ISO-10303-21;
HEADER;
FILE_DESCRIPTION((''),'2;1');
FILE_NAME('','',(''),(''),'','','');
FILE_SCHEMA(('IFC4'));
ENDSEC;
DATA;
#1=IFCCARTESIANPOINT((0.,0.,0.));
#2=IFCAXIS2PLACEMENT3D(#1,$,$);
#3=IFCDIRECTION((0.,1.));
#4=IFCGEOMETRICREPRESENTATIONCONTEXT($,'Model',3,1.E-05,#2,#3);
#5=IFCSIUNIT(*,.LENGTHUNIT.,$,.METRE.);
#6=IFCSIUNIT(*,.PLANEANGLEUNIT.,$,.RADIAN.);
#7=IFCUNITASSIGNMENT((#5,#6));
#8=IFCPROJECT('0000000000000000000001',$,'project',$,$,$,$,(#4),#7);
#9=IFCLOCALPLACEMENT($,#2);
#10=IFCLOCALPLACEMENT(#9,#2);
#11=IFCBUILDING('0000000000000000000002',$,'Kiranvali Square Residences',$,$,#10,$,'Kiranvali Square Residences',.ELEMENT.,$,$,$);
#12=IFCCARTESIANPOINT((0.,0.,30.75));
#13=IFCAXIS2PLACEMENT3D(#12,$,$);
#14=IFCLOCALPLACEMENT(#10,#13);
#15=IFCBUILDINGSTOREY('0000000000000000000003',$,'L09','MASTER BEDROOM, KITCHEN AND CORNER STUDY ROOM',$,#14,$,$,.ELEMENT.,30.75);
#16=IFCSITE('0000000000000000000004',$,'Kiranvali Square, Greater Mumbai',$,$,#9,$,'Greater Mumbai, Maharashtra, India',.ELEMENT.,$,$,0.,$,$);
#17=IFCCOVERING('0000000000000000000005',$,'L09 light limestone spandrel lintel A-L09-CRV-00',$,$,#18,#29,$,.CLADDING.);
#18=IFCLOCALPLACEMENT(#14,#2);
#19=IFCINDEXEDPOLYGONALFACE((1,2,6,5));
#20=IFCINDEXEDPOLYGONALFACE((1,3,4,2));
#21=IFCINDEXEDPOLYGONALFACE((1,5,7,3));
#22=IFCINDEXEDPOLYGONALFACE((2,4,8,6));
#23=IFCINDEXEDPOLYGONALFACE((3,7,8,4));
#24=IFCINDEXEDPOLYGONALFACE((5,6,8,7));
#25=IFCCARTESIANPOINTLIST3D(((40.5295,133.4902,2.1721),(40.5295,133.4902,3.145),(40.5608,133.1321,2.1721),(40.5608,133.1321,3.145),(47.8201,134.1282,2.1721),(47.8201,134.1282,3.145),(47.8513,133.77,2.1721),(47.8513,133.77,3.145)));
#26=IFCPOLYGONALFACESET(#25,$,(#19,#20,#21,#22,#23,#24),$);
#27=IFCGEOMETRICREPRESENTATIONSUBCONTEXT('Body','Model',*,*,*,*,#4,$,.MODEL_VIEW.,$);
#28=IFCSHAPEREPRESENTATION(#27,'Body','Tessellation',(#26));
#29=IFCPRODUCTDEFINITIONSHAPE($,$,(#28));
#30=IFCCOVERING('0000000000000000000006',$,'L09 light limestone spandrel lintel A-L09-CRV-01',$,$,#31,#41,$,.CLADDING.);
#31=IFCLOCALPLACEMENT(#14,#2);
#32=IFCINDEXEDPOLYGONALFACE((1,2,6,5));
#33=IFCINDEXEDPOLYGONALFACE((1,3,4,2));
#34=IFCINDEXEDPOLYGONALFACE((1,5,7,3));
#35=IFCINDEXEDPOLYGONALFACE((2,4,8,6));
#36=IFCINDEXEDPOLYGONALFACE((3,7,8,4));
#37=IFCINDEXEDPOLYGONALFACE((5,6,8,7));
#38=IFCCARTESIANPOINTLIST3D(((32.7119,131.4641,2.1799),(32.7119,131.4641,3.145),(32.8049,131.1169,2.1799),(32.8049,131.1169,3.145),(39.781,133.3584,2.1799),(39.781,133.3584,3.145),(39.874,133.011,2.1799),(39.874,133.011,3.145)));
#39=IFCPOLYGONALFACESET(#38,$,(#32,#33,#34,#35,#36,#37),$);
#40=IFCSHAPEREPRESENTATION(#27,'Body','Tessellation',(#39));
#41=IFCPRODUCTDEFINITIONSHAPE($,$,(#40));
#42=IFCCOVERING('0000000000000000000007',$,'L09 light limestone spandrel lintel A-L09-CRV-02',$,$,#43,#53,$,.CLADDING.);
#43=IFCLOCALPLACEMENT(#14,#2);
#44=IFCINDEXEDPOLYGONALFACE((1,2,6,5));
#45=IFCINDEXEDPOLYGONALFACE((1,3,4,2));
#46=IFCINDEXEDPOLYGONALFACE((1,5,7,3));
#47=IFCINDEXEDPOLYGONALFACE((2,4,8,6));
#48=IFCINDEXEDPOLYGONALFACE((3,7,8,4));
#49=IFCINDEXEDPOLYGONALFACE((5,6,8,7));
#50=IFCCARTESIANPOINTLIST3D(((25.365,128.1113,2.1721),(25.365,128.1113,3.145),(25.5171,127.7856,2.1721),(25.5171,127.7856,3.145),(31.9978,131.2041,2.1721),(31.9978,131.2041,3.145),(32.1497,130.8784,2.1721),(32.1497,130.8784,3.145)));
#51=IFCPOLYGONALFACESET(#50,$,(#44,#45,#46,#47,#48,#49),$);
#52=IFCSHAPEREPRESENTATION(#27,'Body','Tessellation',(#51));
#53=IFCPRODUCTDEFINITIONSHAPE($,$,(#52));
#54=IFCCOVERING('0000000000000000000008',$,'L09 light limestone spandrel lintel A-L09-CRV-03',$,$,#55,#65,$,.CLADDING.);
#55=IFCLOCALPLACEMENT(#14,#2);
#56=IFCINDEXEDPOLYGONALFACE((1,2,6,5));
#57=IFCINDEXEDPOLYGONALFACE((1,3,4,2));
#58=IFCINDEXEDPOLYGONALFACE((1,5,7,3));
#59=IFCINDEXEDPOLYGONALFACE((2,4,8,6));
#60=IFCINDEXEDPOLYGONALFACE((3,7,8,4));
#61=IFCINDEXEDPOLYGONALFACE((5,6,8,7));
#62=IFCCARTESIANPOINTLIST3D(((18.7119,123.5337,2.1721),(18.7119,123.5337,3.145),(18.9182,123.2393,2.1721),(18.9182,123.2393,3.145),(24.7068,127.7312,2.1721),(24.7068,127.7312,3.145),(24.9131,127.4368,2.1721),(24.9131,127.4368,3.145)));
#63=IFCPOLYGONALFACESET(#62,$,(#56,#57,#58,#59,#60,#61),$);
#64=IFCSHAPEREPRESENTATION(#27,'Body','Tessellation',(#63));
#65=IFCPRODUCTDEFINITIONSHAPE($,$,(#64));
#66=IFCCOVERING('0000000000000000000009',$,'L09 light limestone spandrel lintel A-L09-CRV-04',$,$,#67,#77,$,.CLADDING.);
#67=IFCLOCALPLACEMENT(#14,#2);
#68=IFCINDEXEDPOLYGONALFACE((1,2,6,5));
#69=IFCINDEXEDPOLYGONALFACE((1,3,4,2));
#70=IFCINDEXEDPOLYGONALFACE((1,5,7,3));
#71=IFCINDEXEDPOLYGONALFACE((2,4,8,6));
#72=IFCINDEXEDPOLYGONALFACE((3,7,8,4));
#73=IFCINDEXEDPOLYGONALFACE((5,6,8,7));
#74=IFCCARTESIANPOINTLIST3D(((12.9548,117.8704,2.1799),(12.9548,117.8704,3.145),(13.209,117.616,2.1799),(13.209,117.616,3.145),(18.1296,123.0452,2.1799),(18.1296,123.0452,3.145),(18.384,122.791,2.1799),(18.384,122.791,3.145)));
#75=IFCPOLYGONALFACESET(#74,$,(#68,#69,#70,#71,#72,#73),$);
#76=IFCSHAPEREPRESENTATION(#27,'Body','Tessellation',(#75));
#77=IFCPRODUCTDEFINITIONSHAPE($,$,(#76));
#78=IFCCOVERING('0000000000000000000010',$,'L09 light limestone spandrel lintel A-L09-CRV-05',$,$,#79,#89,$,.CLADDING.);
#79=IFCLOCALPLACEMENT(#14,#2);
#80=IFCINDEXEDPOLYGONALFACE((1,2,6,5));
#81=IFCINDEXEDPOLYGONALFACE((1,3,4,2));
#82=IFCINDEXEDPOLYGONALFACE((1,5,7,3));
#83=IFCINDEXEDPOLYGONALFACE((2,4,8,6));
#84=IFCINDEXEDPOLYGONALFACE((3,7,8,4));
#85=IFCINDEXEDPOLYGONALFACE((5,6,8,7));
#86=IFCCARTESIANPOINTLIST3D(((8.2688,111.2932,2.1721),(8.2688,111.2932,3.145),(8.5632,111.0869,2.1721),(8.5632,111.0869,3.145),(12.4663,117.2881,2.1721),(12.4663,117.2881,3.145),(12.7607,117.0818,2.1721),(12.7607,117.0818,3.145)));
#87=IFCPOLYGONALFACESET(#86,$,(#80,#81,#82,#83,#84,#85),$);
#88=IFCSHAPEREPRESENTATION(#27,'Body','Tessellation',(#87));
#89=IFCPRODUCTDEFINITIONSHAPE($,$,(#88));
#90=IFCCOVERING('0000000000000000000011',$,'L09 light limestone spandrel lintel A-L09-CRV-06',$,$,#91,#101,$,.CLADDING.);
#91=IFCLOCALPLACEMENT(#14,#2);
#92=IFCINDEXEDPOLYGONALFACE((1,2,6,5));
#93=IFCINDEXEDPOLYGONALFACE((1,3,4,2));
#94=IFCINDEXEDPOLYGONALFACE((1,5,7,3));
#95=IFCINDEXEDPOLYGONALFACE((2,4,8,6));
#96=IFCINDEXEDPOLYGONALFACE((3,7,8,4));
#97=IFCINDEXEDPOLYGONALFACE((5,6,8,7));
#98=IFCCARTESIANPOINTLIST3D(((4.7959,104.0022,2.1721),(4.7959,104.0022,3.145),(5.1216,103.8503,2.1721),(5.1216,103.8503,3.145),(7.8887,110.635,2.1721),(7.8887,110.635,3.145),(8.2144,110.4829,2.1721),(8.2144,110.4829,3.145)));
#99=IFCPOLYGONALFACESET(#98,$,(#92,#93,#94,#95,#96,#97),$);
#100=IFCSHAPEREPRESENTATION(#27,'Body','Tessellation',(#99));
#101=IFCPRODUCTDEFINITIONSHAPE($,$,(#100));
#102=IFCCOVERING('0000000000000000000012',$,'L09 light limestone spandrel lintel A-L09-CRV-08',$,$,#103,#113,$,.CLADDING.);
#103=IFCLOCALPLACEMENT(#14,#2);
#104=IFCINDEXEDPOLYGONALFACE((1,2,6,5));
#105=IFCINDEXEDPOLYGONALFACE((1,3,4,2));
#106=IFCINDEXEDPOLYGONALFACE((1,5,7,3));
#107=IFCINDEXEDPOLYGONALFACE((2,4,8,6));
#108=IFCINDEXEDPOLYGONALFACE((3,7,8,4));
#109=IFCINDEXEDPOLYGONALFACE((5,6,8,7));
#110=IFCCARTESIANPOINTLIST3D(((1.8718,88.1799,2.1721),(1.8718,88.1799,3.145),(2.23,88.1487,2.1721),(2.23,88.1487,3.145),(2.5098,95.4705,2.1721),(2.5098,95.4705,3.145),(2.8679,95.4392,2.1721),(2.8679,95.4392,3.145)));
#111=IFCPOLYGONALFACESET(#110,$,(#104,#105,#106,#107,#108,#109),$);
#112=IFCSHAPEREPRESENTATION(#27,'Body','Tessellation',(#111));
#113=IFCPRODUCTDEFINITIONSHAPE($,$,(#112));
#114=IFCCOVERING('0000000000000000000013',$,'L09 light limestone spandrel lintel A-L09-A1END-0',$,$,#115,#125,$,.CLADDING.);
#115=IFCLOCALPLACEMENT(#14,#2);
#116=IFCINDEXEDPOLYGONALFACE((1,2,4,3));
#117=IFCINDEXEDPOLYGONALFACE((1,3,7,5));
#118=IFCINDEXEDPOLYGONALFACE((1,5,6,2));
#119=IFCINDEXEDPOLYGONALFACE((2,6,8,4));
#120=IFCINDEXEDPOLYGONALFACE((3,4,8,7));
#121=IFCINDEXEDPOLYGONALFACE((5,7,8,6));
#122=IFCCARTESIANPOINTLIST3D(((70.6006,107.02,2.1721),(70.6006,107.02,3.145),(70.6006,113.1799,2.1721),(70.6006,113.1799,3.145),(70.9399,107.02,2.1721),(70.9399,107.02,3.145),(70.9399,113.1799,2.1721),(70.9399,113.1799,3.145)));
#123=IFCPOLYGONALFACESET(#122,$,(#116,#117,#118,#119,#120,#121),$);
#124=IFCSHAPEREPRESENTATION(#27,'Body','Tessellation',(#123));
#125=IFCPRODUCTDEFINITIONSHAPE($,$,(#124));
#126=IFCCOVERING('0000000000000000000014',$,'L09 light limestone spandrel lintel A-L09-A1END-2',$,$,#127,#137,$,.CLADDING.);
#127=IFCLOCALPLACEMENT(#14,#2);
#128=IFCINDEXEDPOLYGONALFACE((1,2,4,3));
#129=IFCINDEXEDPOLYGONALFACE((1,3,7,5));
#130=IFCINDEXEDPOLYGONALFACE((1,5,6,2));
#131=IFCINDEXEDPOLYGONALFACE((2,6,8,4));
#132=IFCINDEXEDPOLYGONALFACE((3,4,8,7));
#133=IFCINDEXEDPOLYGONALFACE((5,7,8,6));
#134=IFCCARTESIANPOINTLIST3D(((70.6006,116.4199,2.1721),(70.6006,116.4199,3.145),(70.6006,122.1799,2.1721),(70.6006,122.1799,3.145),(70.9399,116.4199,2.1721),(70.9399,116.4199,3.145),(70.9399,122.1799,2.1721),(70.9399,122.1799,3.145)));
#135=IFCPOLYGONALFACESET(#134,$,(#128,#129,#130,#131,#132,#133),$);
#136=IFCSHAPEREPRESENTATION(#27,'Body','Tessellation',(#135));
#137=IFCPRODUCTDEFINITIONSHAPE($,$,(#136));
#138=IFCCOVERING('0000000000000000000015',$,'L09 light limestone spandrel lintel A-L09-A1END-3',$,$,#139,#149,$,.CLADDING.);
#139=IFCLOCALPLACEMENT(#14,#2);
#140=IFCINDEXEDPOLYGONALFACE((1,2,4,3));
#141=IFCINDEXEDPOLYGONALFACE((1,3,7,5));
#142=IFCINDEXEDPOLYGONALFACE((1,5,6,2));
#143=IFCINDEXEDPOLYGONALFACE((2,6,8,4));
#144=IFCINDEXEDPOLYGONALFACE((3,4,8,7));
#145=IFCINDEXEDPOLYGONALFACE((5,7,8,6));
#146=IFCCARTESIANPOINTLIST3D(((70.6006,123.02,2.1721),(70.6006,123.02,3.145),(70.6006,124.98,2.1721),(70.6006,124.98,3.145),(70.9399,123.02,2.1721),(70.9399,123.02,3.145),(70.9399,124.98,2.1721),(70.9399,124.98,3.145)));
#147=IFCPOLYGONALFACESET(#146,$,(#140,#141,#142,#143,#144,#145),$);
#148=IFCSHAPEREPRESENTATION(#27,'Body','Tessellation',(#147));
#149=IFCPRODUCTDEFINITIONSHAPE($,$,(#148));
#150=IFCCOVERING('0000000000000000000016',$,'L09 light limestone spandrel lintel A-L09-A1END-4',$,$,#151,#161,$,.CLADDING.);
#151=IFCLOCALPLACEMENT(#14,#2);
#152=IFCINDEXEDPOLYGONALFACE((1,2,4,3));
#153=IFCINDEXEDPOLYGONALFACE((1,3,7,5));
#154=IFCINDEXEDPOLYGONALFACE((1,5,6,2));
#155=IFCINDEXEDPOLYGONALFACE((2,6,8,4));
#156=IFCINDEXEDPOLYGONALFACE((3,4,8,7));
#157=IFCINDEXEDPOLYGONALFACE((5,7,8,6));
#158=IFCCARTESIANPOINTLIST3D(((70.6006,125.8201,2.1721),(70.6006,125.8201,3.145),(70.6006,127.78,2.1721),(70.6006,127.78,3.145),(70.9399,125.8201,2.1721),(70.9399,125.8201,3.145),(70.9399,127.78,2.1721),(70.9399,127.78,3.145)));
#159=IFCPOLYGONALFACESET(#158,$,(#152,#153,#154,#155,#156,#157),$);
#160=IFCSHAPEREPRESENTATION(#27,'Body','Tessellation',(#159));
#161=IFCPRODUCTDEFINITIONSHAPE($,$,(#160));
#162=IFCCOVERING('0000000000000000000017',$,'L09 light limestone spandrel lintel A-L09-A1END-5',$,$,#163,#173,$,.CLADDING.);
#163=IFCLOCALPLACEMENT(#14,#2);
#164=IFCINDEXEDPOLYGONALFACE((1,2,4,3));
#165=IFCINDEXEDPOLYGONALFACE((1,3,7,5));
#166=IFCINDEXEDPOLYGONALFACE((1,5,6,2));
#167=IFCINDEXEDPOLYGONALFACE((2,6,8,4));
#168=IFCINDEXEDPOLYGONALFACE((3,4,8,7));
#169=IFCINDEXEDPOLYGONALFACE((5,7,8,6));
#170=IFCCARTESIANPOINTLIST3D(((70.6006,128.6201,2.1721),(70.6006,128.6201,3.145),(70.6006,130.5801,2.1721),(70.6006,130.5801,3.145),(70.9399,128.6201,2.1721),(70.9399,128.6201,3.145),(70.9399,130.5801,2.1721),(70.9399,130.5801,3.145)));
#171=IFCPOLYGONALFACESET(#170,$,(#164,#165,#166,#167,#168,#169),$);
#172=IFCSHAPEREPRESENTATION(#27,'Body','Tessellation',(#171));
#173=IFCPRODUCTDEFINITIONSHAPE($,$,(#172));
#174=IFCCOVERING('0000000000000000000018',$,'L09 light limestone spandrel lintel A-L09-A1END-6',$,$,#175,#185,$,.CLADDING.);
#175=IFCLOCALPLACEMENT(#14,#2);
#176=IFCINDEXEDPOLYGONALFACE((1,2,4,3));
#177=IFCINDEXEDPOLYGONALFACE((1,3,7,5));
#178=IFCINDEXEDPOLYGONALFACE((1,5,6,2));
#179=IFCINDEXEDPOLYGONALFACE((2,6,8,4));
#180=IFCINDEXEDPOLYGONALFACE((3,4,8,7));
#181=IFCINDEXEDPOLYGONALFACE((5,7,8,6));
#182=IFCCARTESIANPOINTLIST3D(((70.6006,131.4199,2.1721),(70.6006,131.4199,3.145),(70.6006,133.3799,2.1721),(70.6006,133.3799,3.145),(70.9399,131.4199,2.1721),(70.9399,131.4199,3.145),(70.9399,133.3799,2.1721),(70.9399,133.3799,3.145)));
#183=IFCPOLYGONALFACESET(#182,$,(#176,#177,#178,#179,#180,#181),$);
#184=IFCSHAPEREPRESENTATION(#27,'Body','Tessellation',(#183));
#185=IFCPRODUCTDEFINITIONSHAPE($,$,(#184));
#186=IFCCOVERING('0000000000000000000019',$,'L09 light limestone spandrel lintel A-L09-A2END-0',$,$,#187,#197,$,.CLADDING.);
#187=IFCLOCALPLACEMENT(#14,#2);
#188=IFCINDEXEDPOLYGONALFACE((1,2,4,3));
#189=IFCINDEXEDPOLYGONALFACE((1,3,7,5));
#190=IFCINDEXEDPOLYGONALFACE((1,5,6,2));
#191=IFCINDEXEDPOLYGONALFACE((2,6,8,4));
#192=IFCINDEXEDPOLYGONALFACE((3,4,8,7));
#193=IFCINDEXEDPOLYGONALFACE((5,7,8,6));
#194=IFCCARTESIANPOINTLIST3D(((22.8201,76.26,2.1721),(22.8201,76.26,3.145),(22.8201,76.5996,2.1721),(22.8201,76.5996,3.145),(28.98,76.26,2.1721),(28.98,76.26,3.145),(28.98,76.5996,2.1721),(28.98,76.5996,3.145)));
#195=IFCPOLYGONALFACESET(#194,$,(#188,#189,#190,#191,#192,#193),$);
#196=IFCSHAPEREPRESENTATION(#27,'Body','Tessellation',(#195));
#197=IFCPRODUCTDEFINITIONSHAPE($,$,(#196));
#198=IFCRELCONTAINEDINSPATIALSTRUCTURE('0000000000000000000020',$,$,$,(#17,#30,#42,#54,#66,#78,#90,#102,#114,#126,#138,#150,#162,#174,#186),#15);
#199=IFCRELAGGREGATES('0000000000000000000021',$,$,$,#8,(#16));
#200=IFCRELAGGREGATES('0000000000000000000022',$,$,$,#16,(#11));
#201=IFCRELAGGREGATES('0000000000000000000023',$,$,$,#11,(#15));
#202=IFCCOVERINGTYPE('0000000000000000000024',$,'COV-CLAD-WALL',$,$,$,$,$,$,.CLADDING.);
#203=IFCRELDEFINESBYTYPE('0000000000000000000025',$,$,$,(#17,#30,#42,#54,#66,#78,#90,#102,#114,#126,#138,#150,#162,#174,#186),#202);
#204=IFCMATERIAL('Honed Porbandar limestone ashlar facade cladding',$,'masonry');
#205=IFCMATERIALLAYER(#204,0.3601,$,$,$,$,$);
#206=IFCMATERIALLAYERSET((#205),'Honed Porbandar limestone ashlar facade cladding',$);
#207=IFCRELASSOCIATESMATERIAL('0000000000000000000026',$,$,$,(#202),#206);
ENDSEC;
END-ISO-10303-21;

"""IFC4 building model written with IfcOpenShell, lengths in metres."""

from ifc_helpers import new_model, si_unit, direction, frame, origin, place, context, subcontext, project, spatial, polyline, outline, extrude, material, layer, layer_set, type_object, element, save


model = new_model("IFC4")

# Units and contexts
model_context = context("Model", 3, precision=1e-05, world=origin(), true_north=direction((0.0, 1.0)))
body_context = subcontext(model_context, "Body", "Model", "MODEL_VIEW")
ifc_project = project(units=[si_unit("LENGTHUNIT", "METRE"), si_unit("PLANEANGLEUNIT", "RADIAN")], contexts=[model_context])

# Site, building, storey
site_placement = place(None, origin())
site = spatial("IfcSite", under=ifc_project, at=site_placement, Name="Kiranvali Square, Greater Mumbai", LongName="Greater Mumbai, Maharashtra, India", CompositionType="ELEMENT", RefElevation=0.0)
building_placement = place(site_placement, origin())
building = spatial("IfcBuilding", under=site, at=building_placement, Name="Kiranvali Square Residences", LongName="Kiranvali Square Residences", CompositionType="ELEMENT")
storey_placement = place(building_placement, frame((0.0, 0.0, 30.75)))
storey = spatial("IfcBuildingStorey", under=building, at=storey_placement, Name="L09", Description="MASTER BEDROOM, KITCHEN AND CORNER STUDY ROOM", CompositionType="ELEMENT", Elevation=30.75)

# Coverings
ifc_material = material(Name="Honed Porbandar limestone ashlar facade cladding", Category="masonry")
ifc_layer = layer(ifc_material, 0.3601)
ifc_layer_set = layer_set([ifc_layer], Name="Honed Porbandar limestone ashlar facade cladding")
covering_type = type_object("IfcCoveringType", Name="COV-CLAD-WALL", PredefinedType="CLADDING", material=ifc_layer_set)
covering_1_placement = place(storey_placement, frame((0.0, 0.0, 2.1721)))
element("IfcCovering", 1, at=covering_1_placement, inside=storey, type_object=covering_type, Name="L09 light limestone spandrel lintel A-L09-CRV-00", PredefinedType="CLADDING", context=body_context, shape_type="SweptSolid", body=[
    extrude(outline(polyline([(47.8201, 134.1282), (40.5295, 133.4902), (40.5608, 133.1321), (47.8513, 133.77), (47.8201, 134.1282)])), origin(), (0.0, 0.0, 1.0), 0.9729),
])
covering_2_placement = place(storey_placement, frame((0.0, 0.0, 2.1799)))
element("IfcCovering", 2, at=covering_2_placement, inside=storey, type_object=covering_type, Name="L09 light limestone spandrel lintel A-L09-CRV-01", PredefinedType="CLADDING", context=body_context, shape_type="SweptSolid", body=[
    extrude(outline(polyline([(39.781, 133.3584), (32.7119, 131.4641), (32.8049, 131.1169), (39.874, 133.011), (39.781, 133.3584)])), origin(), (0.0, 0.0, 1.0), 0.9651),
])
covering_3_placement = place(storey_placement, frame((0.0, 0.0, 2.1721)))
element("IfcCovering", 3, at=covering_3_placement, inside=storey, type_object=covering_type, Name="L09 light limestone spandrel lintel A-L09-CRV-02", PredefinedType="CLADDING", context=body_context, shape_type="SweptSolid", body=[
    extrude(outline(polyline([(31.9978, 131.2041), (25.365, 128.1113), (25.5171, 127.7856), (32.1497, 130.8784), (31.9978, 131.2041)])), origin(), (0.0, 0.0, 1.0), 0.9729),
])
covering_4_placement = place(storey_placement, frame((0.0, 0.0, 2.1721)))
element("IfcCovering", 4, at=covering_4_placement, inside=storey, type_object=covering_type, Name="L09 light limestone spandrel lintel A-L09-CRV-03", PredefinedType="CLADDING", context=body_context, shape_type="SweptSolid", body=[
    extrude(outline(polyline([(24.7068, 127.7312), (18.7119, 123.5337), (18.9182, 123.2393), (24.9131, 127.4368), (24.7068, 127.7312)])), origin(), (0.0, 0.0, 1.0), 0.9729),
])
covering_5_placement = place(storey_placement, frame((0.0, 0.0, 2.1799)))
element("IfcCovering", 5, at=covering_5_placement, inside=storey, type_object=covering_type, Name="L09 light limestone spandrel lintel A-L09-CRV-04", PredefinedType="CLADDING", context=body_context, shape_type="SweptSolid", body=[
    extrude(outline(polyline([(18.1296, 123.0452), (12.9548, 117.8704), (13.209, 117.616), (18.384, 122.791), (18.1296, 123.0452)])), origin(), (0.0, 0.0, 1.0), 0.9651),
])
covering_6_placement = place(storey_placement, frame((0.0, 0.0, 2.1721)))
element("IfcCovering", 6, at=covering_6_placement, inside=storey, type_object=covering_type, Name="L09 light limestone spandrel lintel A-L09-CRV-05", PredefinedType="CLADDING", context=body_context, shape_type="SweptSolid", body=[
    extrude(outline(polyline([(12.4663, 117.2881), (8.2688, 111.2932), (8.5632, 111.0869), (12.7607, 117.0818), (12.4663, 117.2881)])), origin(), (0.0, 0.0, 1.0), 0.9729),
])
covering_7_placement = place(storey_placement, frame((0.0, 0.0, 2.1721)))
element("IfcCovering", 7, at=covering_7_placement, inside=storey, type_object=covering_type, Name="L09 light limestone spandrel lintel A-L09-CRV-06", PredefinedType="CLADDING", context=body_context, shape_type="SweptSolid", body=[
    extrude(outline(polyline([(7.8887, 110.635), (4.7959, 104.0022), (5.1216, 103.8503), (8.2144, 110.4829), (7.8887, 110.635)])), origin(), (0.0, 0.0, 1.0), 0.9729),
])
covering_8_placement = place(storey_placement, frame((0.0, 0.0, 2.1721)))
element("IfcCovering", 8, at=covering_8_placement, inside=storey, type_object=covering_type, Name="L09 light limestone spandrel lintel A-L09-CRV-08", PredefinedType="CLADDING", context=body_context, shape_type="SweptSolid", body=[
    extrude(outline(polyline([(2.5098, 95.4705), (1.8718, 88.1799), (2.23, 88.1487), (2.8679, 95.4392), (2.5098, 95.4705)])), origin(), (0.0, 0.0, 1.0), 0.9729),
])
covering_9_placement = place(storey_placement, frame((0.0, 0.0, 2.1721)))
element("IfcCovering", 9, at=covering_9_placement, inside=storey, type_object=covering_type, Name="L09 light limestone spandrel lintel A-L09-A1END-0", PredefinedType="CLADDING", context=body_context, shape_type="SweptSolid", body=[
    extrude(outline(polyline([(70.9399, 107.02), (70.9399, 113.1799), (70.6006, 113.1799), (70.6006, 107.02), (70.9399, 107.02)])), origin(), (0.0, 0.0, 1.0), 0.9729),
])
covering_10_placement = place(storey_placement, frame((0.0, 0.0, 2.1721)))
element("IfcCovering", 10, at=covering_10_placement, inside=storey, type_object=covering_type, Name="L09 light limestone spandrel lintel A-L09-A1END-2", PredefinedType="CLADDING", context=body_context, shape_type="SweptSolid", body=[
    extrude(outline(polyline([(70.9399, 116.4199), (70.9399, 122.1799), (70.6006, 122.1799), (70.6006, 116.4199), (70.9399, 116.4199)])), origin(), (0.0, 0.0, 1.0), 0.9729),
])
covering_11_placement = place(storey_placement, frame((0.0, 0.0, 2.1721)))
element("IfcCovering", 11, at=covering_11_placement, inside=storey, type_object=covering_type, Name="L09 light limestone spandrel lintel A-L09-A1END-3", PredefinedType="CLADDING", context=body_context, shape_type="SweptSolid", body=[
    extrude(outline(polyline([(70.9399, 123.02), (70.9399, 124.98), (70.6006, 124.98), (70.6006, 123.02), (70.9399, 123.02)])), origin(), (0.0, 0.0, 1.0), 0.9729),
])
covering_12_placement = place(storey_placement, frame((0.0, 0.0, 2.1721)))
element("IfcCovering", 12, at=covering_12_placement, inside=storey, type_object=covering_type, Name="L09 light limestone spandrel lintel A-L09-A1END-4", PredefinedType="CLADDING", context=body_context, shape_type="SweptSolid", body=[
    extrude(outline(polyline([(70.9399, 125.8201), (70.9399, 127.78), (70.6006, 127.78), (70.6006, 125.8201), (70.9399, 125.8201)])), origin(), (0.0, 0.0, 1.0), 0.9729),
])
covering_13_placement = place(storey_placement, frame((0.0, 0.0, 2.1721)))
element("IfcCovering", 13, at=covering_13_placement, inside=storey, type_object=covering_type, Name="L09 light limestone spandrel lintel A-L09-A1END-5", PredefinedType="CLADDING", context=body_context, shape_type="SweptSolid", body=[
    extrude(outline(polyline([(70.9399, 128.6201), (70.9399, 130.5801), (70.6006, 130.5801), (70.6006, 128.6201), (70.9399, 128.6201)])), origin(), (0.0, 0.0, 1.0), 0.9729),
])
covering_14_placement = place(storey_placement, frame((0.0, 0.0, 2.1721)))
element("IfcCovering", 14, at=covering_14_placement, inside=storey, type_object=covering_type, Name="L09 light limestone spandrel lintel A-L09-A1END-6", PredefinedType="CLADDING", context=body_context, shape_type="SweptSolid", body=[
    extrude(outline(polyline([(70.9399, 131.4199), (70.9399, 133.3799), (70.6006, 133.3799), (70.6006, 131.4199), (70.9399, 131.4199)])), origin(), (0.0, 0.0, 1.0), 0.9729),
])
covering_15_placement = place(storey_placement, frame((0.0, 0.0, 2.1721)))
element("IfcCovering", 15, at=covering_15_placement, inside=storey, type_object=covering_type, Name="L09 light limestone spandrel lintel A-L09-A2END-0", PredefinedType="CLADDING", context=body_context, shape_type="SweptSolid", body=[
    extrude(outline(polyline([(28.98, 76.5996), (22.8201, 76.5996), (22.8201, 76.26), (28.98, 76.26), (28.98, 76.5996)])), origin(), (0.0, 0.0, 1.0), 0.9729),
])

save(model, "model.ifc")
